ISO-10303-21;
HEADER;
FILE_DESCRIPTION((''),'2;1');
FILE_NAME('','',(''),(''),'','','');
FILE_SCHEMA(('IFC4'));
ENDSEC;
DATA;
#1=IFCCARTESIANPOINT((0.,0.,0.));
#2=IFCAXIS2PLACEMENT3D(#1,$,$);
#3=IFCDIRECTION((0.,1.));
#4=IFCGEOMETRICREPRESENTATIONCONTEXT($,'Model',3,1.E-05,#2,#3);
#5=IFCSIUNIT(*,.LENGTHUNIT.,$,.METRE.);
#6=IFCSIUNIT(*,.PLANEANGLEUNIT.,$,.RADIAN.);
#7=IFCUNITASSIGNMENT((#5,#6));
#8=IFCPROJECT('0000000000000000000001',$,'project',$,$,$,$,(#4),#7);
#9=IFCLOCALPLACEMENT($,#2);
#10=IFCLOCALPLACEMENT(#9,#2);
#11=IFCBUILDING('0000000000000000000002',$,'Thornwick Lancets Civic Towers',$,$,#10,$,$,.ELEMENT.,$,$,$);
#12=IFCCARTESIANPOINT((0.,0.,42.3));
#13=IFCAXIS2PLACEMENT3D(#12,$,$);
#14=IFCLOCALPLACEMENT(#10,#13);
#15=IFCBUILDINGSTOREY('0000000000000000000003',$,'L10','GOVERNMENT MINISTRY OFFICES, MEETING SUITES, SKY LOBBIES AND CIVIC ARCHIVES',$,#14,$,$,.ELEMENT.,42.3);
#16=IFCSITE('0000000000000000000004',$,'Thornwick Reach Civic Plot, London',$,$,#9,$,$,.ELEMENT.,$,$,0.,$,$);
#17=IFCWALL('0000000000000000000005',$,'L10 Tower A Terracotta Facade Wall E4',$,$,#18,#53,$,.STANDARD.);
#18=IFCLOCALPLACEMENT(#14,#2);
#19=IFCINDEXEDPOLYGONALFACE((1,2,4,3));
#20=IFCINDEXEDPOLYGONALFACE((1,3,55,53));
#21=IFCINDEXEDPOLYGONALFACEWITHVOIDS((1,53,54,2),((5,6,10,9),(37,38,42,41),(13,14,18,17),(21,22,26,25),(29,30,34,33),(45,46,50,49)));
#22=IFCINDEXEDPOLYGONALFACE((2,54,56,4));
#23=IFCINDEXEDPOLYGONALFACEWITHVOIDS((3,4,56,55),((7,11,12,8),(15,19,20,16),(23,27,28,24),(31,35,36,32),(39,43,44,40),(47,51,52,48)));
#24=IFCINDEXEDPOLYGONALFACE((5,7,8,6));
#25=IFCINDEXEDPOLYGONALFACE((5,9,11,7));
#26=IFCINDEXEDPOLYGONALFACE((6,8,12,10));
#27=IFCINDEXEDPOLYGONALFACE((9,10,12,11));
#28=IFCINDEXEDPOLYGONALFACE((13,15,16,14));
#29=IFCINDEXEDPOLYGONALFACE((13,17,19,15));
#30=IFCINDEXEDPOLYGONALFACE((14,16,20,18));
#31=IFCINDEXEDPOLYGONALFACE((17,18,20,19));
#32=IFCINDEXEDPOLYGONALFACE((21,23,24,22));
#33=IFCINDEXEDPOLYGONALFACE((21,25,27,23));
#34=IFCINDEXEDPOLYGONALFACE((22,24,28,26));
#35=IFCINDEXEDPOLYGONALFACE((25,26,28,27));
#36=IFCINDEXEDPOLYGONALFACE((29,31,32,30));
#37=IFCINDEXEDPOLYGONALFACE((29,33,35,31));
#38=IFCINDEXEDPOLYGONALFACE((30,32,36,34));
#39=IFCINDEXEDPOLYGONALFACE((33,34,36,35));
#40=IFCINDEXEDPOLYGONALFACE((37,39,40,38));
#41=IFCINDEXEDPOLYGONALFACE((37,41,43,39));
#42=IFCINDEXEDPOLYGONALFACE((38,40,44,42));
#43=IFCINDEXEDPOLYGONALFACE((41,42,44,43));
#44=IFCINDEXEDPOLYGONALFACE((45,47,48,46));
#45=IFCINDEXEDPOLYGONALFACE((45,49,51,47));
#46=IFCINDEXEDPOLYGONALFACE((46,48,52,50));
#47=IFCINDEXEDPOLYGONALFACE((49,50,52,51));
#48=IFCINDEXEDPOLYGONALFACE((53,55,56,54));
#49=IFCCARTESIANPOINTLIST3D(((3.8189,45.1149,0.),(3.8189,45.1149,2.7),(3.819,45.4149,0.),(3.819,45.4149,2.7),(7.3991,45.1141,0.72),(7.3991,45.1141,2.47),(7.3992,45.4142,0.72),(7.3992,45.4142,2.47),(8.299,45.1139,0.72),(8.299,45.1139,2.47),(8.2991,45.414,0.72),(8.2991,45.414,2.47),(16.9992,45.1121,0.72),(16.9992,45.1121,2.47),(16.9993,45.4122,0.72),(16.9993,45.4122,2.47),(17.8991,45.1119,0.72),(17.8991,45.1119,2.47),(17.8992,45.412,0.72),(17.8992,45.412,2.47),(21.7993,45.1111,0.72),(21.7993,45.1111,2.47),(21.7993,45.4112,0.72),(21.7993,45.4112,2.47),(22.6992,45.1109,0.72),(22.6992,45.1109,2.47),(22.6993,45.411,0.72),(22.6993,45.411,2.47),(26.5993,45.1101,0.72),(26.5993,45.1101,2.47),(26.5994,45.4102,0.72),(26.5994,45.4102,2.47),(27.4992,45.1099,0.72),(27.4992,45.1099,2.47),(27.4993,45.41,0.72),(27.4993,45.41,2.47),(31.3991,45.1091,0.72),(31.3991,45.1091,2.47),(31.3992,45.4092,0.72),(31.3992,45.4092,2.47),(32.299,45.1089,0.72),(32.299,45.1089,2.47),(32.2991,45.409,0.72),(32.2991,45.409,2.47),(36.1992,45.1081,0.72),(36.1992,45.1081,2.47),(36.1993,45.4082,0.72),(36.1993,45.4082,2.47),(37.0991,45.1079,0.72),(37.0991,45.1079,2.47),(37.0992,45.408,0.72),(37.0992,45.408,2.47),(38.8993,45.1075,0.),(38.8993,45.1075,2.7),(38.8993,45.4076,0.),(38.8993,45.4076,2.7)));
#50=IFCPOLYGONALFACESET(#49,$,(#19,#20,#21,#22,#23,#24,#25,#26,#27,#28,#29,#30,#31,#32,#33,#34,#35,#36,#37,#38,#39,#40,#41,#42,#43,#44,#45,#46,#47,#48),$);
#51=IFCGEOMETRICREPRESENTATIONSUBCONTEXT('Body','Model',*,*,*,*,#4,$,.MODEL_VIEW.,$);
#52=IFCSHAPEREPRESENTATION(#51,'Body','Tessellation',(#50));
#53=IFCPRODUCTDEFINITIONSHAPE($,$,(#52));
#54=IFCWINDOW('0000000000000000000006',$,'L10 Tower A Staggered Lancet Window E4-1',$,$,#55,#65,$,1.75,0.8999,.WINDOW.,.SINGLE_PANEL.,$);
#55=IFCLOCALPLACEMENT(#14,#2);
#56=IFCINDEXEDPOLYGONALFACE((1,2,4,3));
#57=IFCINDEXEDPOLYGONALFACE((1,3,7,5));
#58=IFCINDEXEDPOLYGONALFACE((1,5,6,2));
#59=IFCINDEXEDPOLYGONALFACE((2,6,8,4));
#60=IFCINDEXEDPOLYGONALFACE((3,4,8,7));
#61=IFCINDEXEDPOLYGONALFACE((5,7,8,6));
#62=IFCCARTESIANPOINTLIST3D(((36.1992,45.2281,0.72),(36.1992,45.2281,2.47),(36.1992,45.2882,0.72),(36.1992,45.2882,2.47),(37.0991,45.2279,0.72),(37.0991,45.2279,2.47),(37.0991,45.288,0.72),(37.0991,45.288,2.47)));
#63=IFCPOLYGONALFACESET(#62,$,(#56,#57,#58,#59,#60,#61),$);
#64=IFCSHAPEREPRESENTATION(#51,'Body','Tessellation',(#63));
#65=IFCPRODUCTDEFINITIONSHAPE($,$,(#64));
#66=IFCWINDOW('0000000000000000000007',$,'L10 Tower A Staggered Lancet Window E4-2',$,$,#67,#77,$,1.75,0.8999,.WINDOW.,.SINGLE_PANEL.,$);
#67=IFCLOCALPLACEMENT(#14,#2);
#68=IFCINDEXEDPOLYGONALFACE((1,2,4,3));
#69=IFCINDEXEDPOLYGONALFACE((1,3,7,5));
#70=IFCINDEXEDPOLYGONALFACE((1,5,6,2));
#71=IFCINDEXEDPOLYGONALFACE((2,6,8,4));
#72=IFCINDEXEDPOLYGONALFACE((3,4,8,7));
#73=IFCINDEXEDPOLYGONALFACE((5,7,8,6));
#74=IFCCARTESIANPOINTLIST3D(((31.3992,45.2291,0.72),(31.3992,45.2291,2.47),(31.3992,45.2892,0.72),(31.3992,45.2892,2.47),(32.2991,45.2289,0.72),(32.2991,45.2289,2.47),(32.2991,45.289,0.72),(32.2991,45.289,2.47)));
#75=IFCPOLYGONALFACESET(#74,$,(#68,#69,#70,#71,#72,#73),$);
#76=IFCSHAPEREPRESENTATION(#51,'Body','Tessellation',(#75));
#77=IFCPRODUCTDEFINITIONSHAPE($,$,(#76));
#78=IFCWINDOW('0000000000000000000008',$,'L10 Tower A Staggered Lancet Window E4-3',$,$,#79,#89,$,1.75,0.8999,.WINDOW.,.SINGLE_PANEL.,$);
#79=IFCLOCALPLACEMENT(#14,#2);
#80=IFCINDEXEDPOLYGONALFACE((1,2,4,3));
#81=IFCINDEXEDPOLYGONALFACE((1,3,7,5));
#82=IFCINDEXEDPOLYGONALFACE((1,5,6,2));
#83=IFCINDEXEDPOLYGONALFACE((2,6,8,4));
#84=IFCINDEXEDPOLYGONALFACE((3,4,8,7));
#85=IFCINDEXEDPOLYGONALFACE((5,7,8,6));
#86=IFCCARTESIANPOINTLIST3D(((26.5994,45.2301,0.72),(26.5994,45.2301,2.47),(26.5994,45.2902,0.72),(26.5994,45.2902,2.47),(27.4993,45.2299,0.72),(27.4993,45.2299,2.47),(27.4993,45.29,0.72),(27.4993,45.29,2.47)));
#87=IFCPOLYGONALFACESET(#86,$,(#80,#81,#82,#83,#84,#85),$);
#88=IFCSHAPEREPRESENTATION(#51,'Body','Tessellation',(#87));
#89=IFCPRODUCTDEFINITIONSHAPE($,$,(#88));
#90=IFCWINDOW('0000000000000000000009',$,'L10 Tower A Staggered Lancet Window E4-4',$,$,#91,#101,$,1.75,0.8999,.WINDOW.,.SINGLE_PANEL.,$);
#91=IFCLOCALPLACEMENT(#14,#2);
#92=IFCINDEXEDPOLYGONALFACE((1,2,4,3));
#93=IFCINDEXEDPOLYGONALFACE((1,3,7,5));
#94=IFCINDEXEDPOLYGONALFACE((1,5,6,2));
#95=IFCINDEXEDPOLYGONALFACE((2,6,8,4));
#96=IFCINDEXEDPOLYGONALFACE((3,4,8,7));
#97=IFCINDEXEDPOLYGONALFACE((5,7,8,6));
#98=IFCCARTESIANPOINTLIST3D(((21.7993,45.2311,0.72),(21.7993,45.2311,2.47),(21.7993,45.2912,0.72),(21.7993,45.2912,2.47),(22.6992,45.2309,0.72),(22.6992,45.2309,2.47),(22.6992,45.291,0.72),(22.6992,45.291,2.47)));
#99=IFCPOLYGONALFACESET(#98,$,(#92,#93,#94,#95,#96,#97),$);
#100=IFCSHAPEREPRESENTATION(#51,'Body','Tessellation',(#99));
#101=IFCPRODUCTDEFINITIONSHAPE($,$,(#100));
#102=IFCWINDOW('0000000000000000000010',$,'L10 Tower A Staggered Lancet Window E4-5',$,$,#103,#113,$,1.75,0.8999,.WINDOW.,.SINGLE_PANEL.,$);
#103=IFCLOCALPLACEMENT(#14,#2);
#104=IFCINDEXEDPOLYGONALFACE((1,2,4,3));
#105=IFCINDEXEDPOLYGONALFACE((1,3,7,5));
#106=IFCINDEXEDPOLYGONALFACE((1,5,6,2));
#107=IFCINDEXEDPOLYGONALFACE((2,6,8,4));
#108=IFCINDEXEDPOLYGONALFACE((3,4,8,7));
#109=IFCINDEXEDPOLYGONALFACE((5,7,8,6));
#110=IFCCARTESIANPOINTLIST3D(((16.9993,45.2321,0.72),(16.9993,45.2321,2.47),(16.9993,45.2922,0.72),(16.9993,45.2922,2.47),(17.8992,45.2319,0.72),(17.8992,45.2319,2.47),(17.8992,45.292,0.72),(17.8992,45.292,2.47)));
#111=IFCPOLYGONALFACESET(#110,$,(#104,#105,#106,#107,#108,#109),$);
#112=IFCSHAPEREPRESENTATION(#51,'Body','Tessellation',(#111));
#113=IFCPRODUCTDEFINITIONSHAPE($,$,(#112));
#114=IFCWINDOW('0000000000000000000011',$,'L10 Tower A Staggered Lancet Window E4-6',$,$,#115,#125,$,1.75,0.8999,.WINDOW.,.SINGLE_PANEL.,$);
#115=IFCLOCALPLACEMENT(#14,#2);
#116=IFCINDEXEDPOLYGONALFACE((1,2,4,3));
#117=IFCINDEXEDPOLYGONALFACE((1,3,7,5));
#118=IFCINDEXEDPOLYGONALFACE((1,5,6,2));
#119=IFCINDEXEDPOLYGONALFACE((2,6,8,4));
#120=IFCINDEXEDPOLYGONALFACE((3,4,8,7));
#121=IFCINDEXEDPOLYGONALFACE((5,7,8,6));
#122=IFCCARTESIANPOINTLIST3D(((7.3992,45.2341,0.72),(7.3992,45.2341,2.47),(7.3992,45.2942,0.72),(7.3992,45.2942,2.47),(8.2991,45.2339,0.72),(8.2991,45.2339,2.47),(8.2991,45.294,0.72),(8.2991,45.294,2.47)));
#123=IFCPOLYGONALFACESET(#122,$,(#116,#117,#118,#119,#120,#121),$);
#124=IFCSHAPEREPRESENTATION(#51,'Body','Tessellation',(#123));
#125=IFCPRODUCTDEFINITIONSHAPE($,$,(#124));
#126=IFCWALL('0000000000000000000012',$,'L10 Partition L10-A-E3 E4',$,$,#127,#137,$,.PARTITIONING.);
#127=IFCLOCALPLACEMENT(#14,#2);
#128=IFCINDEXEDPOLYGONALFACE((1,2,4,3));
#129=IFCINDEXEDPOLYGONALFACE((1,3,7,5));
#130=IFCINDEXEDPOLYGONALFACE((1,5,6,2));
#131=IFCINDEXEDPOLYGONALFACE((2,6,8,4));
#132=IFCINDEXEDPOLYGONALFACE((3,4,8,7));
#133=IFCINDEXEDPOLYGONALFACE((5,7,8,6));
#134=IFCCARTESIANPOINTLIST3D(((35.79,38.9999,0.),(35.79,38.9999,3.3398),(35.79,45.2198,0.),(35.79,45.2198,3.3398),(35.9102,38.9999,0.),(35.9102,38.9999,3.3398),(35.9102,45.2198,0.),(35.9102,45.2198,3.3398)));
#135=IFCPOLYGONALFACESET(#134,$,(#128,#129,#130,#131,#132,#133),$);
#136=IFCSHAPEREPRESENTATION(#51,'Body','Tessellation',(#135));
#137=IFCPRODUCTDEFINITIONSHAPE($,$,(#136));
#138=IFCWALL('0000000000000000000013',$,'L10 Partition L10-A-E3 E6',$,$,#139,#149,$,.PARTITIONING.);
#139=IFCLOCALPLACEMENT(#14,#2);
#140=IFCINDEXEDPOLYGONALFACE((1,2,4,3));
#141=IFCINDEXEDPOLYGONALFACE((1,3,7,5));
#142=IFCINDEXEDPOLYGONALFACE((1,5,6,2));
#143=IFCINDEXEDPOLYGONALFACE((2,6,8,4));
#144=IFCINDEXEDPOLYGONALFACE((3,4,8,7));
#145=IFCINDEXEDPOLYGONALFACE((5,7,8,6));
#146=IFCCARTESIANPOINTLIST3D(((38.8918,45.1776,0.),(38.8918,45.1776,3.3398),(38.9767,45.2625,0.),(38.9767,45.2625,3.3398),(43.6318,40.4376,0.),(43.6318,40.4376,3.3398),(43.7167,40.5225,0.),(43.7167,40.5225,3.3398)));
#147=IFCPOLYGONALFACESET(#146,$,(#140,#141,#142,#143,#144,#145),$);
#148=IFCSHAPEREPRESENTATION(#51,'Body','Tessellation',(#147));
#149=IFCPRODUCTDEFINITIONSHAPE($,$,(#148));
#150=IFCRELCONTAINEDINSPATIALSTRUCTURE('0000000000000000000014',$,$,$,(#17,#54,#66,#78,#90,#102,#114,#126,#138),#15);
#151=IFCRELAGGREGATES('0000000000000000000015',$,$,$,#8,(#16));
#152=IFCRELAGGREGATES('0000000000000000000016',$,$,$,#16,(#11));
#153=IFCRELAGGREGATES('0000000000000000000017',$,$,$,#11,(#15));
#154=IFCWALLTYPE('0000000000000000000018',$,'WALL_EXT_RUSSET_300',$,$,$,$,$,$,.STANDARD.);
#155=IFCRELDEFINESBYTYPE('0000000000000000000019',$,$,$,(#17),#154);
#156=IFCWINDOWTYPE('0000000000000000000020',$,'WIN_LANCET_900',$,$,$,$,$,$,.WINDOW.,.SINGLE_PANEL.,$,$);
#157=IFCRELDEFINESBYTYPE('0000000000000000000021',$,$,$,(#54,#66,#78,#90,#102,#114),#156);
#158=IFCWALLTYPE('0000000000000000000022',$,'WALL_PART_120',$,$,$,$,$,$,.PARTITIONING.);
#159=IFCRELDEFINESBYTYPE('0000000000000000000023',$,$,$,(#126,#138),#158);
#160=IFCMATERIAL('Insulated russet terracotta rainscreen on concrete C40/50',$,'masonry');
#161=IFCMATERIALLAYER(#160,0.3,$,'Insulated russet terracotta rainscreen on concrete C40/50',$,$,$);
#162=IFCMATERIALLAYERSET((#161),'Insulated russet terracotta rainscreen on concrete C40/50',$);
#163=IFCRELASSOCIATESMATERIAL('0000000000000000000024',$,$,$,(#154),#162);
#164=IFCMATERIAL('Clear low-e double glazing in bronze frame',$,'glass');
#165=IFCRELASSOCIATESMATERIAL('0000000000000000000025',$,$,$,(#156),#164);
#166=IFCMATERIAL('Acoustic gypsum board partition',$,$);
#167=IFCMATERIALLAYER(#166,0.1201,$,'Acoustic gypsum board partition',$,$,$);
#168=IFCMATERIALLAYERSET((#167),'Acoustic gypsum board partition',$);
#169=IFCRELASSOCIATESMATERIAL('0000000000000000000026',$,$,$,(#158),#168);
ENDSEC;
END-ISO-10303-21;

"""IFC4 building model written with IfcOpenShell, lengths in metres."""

from ifc_helpers import new_model, si_unit, direction, frame, frame_2d, origin, place, context, subcontext, project, spatial, rectangle, extrude, material, layer, layer_set, type_object, element, fill, save


model = new_model("IFC4")

# Units and contexts
model_context = context("Model", 3, precision=1e-05, world=origin(), true_north=direction((0.0, 1.0)))
body_context = subcontext(model_context, "Body", "Model", "MODEL_VIEW")
ifc_project = project(units=[si_unit("LENGTHUNIT", "METRE"), si_unit("PLANEANGLEUNIT", "RADIAN")], contexts=[model_context])

# Site, building, storey
site_placement = place(None, origin())
site = spatial("IfcSite", under=ifc_project, at=site_placement, Name="Thornwick Reach Civic Plot, London", CompositionType="ELEMENT", RefElevation=0.0)
building_placement = place(site_placement, origin())
building = spatial("IfcBuilding", under=site, at=building_placement, Name="Thornwick Lancets Civic Towers", CompositionType="ELEMENT")
storey_placement = place(building_placement, frame((0.0, 0.0, 42.3)))
storey = spatial("IfcBuildingStorey", under=building, at=storey_placement, Name="L10", Description="GOVERNMENT MINISTRY OFFICES, MEETING SUITES, SKY LOBBIES AND CIVIC ARCHIVES", CompositionType="ELEMENT", Elevation=42.3)

# Wall, openings, windows
ifc_material_1 = material(Name="Insulated russet terracotta rainscreen on concrete C40/50", Category="masonry")
ifc_layer_1 = layer(ifc_material_1, 0.3, Name="Insulated russet terracotta rainscreen on concrete C40/50")
ifc_layer_set_1 = layer_set([ifc_layer_1], Name="Insulated russet terracotta rainscreen on concrete C40/50")
wall_type_1 = type_object("IfcWallType", Name="WALL_EXT_RUSSET_300", PredefinedType="STANDARD", material=ifc_layer_set_1)
wall_1_placement = place(storey_placement, frame((38.8992, 45.2576, 0.0), z_axis=(0.0, 0.0, 1.0), x_axis=(-1.0, 0.000209, 0.0)))
wall_1 = element("IfcWall", 1, at=wall_1_placement, inside=storey, type_object=wall_type_1, Name="L10 Tower A Terracotta Facade Wall E4", PredefinedType="STANDARD", context=body_context, shape_type="SweptSolid", body=[
    extrude(rectangle(XDim=35.0803, YDim=0.3, at=frame_2d((17.54, 0.0))), origin(), (0.0, 0.0, 1.0), 2.7),
])
opening_1_placement = place(wall_1_placement, frame((1.8, 0.0, 0.72)))
opening_1 = element("IfcOpeningElement", 2, at=opening_1_placement, cuts=wall_1, PredefinedType="OPENING", context=body_context, shape_type="SweptSolid", body=[
    extrude(rectangle(XDim=0.8999, YDim=1.75, at=frame_2d((0.45, 0.875))), frame((0.0, 0.1602, 0.0), z_axis=(0.0, -1.0, 0.0), x_axis=(1.0, 0.0, 0.0)), (0.0, 0.0, 1.0), 0.3201),
])
opening_2_placement = place(wall_1_placement, frame((6.6001, 0.0, 0.72)))
opening_2 = element("IfcOpeningElement", 3, at=opening_2_placement, cuts=wall_1, PredefinedType="OPENING", context=body_context, shape_type="SweptSolid", body=[
    extrude(rectangle(XDim=0.8999, YDim=1.75, at=frame_2d((0.45, 0.875))), frame((0.0, 0.1602, 0.0), z_axis=(0.0, -1.0, 0.0), x_axis=(1.0, 0.0, 0.0)), (0.0, 0.0, 1.0), 0.3201),
])
opening_3_placement = place(wall_1_placement, frame((11.3999, 0.0, 0.72)))
opening_3 = element("IfcOpeningElement", 4, at=opening_3_placement, cuts=wall_1, PredefinedType="OPENING", context=body_context, shape_type="SweptSolid", body=[
    extrude(rectangle(XDim=0.8999, YDim=1.75, at=frame_2d((0.45, 0.875))), frame((0.0, 0.1602, 0.0), z_axis=(0.0, -1.0, 0.0), x_axis=(1.0, 0.0, 0.0)), (0.0, 0.0, 1.0), 0.3201),
])
opening_4_placement = place(wall_1_placement, frame((16.2, 0.0, 0.72)))
opening_4 = element("IfcOpeningElement", 5, at=opening_4_placement, cuts=wall_1, PredefinedType="OPENING", context=body_context, shape_type="SweptSolid", body=[
    extrude(rectangle(XDim=0.8999, YDim=1.75, at=frame_2d((0.45, 0.875))), frame((0.0, 0.1602, 0.0), z_axis=(0.0, -1.0, 0.0), x_axis=(1.0, 0.0, 0.0)), (0.0, 0.0, 1.0), 0.3201),
])
opening_5_placement = place(wall_1_placement, frame((21.0, 0.0, 0.72)))
opening_5 = element("IfcOpeningElement", 6, at=opening_5_placement, cuts=wall_1, PredefinedType="OPENING", context=body_context, shape_type="SweptSolid", body=[
    extrude(rectangle(XDim=0.8999, YDim=1.75, at=frame_2d((0.45, 0.875))), frame((0.0, 0.1602, 0.0), z_axis=(0.0, -1.0, 0.0), x_axis=(1.0, 0.0, 0.0)), (0.0, 0.0, 1.0), 0.3201),
])
opening_6_placement = place(wall_1_placement, frame((30.6001, 0.0, 0.72)))
opening_6 = element("IfcOpeningElement", 7, at=opening_6_placement, cuts=wall_1, PredefinedType="OPENING", context=body_context, shape_type="SweptSolid", body=[
    extrude(rectangle(XDim=0.8999, YDim=1.75, at=frame_2d((0.45, 0.875))), frame((0.0, 0.1602, 0.0), z_axis=(0.0, -1.0, 0.0), x_axis=(1.0, 0.0, 0.0)), (0.0, 0.0, 1.0), 0.3201),
])
ifc_material_2 = material(Name="Clear low-e double glazing in bronze frame", Category="glass")
window_type = type_object("IfcWindowType", Name="WIN_LANCET_900", PartitioningType="SINGLE_PANEL", PredefinedType="WINDOW", material=ifc_material_2)
window_1_placement = place(opening_1_placement, origin())
window_1 = element("IfcWindow", 8, at=window_1_placement, inside=storey, type_object=window_type, Name="L10 Tower A Staggered Lancet Window E4-1", OverallHeight=1.75, OverallWidth=0.8999, PartitioningType="SINGLE_PANEL", PredefinedType="WINDOW", context=body_context, shape_type="SweptSolid", body=[
    extrude(rectangle(XDim=0.8999, YDim=1.75, at=frame_2d((0.45, 0.875))), frame((0.0, 0.03, 0.0), z_axis=(0.0, -1.0, 0.0), x_axis=(1.0, 0.0, 0.0)), (0.0, 0.0, 1.0), 0.0601),
])
fill(opening_1, window_1)
window_2_placement = place(opening_2_placement, origin())
window_2 = element("IfcWindow", 9, at=window_2_placement, inside=storey, type_object=window_type, Name="L10 Tower A Staggered Lancet Window E4-2", OverallHeight=1.75, OverallWidth=0.8999, PartitioningType="SINGLE_PANEL", PredefinedType="WINDOW", context=body_context, shape_type="SweptSolid", body=[
    extrude(rectangle(XDim=0.8999, YDim=1.75, at=frame_2d((0.45, 0.875))), frame((0.0, 0.03, 0.0), z_axis=(0.0, -1.0, 0.0), x_axis=(1.0, 0.0, 0.0)), (0.0, 0.0, 1.0), 0.0601),
])
fill(opening_2, window_2)
window_3_placement = place(opening_3_placement, origin())
window_3 = element("IfcWindow", 10, at=window_3_placement, inside=storey, type_object=window_type, Name="L10 Tower A Staggered Lancet Window E4-3", OverallHeight=1.75, OverallWidth=0.8999, PartitioningType="SINGLE_PANEL", PredefinedType="WINDOW", context=body_context, shape_type="SweptSolid", body=[
    extrude(rectangle(XDim=0.8999, YDim=1.75, at=frame_2d((0.45, 0.875))), frame((0.0, 0.03, 0.0), z_axis=(0.0, -1.0, 0.0), x_axis=(1.0, 0.0, 0.0)), (0.0, 0.0, 1.0), 0.0601),
])
fill(opening_3, window_3)
window_4_placement = place(opening_4_placement, origin())
window_4 = element("IfcWindow", 11, at=window_4_placement, inside=storey, type_object=window_type, Name="L10 Tower A Staggered Lancet Window E4-4", OverallHeight=1.75, OverallWidth=0.8999, PartitioningType="SINGLE_PANEL", PredefinedType="WINDOW", context=body_context, shape_type="SweptSolid", body=[
    extrude(rectangle(XDim=0.8999, YDim=1.75, at=frame_2d((0.45, 0.875))), frame((0.0, 0.03, 0.0), z_axis=(0.0, -1.0, 0.0), x_axis=(1.0, 0.0, 0.0)), (0.0, 0.0, 1.0), 0.0601),
])
fill(opening_4, window_4)
window_5_placement = place(opening_5_placement, origin())
window_5 = element("IfcWindow", 12, at=window_5_placement, inside=storey, type_object=window_type, Name="L10 Tower A Staggered Lancet Window E4-5", OverallHeight=1.75, OverallWidth=0.8999, PartitioningType="SINGLE_PANEL", PredefinedType="WINDOW", context=body_context, shape_type="SweptSolid", body=[
    extrude(rectangle(XDim=0.8999, YDim=1.75, at=frame_2d((0.45, 0.875))), frame((0.0, 0.03, 0.0), z_axis=(0.0, -1.0, 0.0), x_axis=(1.0, 0.0, 0.0)), (0.0, 0.0, 1.0), 0.0601),
])
fill(opening_5, window_5)
window_6_placement = place(opening_6_placement, origin())
window_6 = element("IfcWindow", 13, at=window_6_placement, inside=storey, type_object=window_type, Name="L10 Tower A Staggered Lancet Window E4-6", OverallHeight=1.75, OverallWidth=0.8999, PartitioningType="SINGLE_PANEL", PredefinedType="WINDOW", context=body_context, shape_type="SweptSolid", body=[
    extrude(rectangle(XDim=0.8999, YDim=1.75, at=frame_2d((0.45, 0.875))), frame((0.0, 0.03, 0.0), z_axis=(0.0, -1.0, 0.0), x_axis=(1.0, 0.0, 0.0)), (0.0, 0.0, 1.0), 0.0601),
])
fill(opening_6, window_6)

# Walls
ifc_material_3 = material(Name="Acoustic gypsum board partition")
ifc_layer_2 = layer(ifc_material_3, 0.1201, Name="Acoustic gypsum board partition")
ifc_layer_set_2 = layer_set([ifc_layer_2], Name="Acoustic gypsum board partition")
wall_type_2 = type_object("IfcWallType", Name="WALL_PART_120", PredefinedType="PARTITIONING", material=ifc_layer_set_2)
wall_2_placement = place(storey_placement, frame((35.8501, 39.0, 0.0), z_axis=(0.0, 0.0, 1.0), x_axis=(0.0, 1.0, 0.0)))
element("IfcWall", 14, at=wall_2_placement, inside=storey, type_object=wall_type_2, Name="L10 Partition L10-A-E3 E4", PredefinedType="PARTITIONING", context=body_context, shape_type="SweptSolid", body=[
    extrude(rectangle(XDim=6.22, YDim=0.1201, at=frame_2d((3.1099, 0.0))), origin(), (0.0, 0.0, 1.0), 3.3398),
])
wall_3_placement = place(storey_placement, frame((38.9343, 45.22, 0.0), z_axis=(0.0, 0.0, 1.0), x_axis=(0.707107, -0.707107, 0.0)))
element("IfcWall", 15, at=wall_3_placement, inside=storey, type_object=wall_type_2, Name="L10 Partition L10-A-E3 E6", PredefinedType="PARTITIONING", context=body_context, shape_type="SweptSolid", body=[
    extrude(rectangle(XDim=6.7034, YDim=0.1201, at=frame_2d((3.3516, 0.0))), origin(), (0.0, 0.0, 1.0), 3.3398),
])

save(model, "model.ifc")
